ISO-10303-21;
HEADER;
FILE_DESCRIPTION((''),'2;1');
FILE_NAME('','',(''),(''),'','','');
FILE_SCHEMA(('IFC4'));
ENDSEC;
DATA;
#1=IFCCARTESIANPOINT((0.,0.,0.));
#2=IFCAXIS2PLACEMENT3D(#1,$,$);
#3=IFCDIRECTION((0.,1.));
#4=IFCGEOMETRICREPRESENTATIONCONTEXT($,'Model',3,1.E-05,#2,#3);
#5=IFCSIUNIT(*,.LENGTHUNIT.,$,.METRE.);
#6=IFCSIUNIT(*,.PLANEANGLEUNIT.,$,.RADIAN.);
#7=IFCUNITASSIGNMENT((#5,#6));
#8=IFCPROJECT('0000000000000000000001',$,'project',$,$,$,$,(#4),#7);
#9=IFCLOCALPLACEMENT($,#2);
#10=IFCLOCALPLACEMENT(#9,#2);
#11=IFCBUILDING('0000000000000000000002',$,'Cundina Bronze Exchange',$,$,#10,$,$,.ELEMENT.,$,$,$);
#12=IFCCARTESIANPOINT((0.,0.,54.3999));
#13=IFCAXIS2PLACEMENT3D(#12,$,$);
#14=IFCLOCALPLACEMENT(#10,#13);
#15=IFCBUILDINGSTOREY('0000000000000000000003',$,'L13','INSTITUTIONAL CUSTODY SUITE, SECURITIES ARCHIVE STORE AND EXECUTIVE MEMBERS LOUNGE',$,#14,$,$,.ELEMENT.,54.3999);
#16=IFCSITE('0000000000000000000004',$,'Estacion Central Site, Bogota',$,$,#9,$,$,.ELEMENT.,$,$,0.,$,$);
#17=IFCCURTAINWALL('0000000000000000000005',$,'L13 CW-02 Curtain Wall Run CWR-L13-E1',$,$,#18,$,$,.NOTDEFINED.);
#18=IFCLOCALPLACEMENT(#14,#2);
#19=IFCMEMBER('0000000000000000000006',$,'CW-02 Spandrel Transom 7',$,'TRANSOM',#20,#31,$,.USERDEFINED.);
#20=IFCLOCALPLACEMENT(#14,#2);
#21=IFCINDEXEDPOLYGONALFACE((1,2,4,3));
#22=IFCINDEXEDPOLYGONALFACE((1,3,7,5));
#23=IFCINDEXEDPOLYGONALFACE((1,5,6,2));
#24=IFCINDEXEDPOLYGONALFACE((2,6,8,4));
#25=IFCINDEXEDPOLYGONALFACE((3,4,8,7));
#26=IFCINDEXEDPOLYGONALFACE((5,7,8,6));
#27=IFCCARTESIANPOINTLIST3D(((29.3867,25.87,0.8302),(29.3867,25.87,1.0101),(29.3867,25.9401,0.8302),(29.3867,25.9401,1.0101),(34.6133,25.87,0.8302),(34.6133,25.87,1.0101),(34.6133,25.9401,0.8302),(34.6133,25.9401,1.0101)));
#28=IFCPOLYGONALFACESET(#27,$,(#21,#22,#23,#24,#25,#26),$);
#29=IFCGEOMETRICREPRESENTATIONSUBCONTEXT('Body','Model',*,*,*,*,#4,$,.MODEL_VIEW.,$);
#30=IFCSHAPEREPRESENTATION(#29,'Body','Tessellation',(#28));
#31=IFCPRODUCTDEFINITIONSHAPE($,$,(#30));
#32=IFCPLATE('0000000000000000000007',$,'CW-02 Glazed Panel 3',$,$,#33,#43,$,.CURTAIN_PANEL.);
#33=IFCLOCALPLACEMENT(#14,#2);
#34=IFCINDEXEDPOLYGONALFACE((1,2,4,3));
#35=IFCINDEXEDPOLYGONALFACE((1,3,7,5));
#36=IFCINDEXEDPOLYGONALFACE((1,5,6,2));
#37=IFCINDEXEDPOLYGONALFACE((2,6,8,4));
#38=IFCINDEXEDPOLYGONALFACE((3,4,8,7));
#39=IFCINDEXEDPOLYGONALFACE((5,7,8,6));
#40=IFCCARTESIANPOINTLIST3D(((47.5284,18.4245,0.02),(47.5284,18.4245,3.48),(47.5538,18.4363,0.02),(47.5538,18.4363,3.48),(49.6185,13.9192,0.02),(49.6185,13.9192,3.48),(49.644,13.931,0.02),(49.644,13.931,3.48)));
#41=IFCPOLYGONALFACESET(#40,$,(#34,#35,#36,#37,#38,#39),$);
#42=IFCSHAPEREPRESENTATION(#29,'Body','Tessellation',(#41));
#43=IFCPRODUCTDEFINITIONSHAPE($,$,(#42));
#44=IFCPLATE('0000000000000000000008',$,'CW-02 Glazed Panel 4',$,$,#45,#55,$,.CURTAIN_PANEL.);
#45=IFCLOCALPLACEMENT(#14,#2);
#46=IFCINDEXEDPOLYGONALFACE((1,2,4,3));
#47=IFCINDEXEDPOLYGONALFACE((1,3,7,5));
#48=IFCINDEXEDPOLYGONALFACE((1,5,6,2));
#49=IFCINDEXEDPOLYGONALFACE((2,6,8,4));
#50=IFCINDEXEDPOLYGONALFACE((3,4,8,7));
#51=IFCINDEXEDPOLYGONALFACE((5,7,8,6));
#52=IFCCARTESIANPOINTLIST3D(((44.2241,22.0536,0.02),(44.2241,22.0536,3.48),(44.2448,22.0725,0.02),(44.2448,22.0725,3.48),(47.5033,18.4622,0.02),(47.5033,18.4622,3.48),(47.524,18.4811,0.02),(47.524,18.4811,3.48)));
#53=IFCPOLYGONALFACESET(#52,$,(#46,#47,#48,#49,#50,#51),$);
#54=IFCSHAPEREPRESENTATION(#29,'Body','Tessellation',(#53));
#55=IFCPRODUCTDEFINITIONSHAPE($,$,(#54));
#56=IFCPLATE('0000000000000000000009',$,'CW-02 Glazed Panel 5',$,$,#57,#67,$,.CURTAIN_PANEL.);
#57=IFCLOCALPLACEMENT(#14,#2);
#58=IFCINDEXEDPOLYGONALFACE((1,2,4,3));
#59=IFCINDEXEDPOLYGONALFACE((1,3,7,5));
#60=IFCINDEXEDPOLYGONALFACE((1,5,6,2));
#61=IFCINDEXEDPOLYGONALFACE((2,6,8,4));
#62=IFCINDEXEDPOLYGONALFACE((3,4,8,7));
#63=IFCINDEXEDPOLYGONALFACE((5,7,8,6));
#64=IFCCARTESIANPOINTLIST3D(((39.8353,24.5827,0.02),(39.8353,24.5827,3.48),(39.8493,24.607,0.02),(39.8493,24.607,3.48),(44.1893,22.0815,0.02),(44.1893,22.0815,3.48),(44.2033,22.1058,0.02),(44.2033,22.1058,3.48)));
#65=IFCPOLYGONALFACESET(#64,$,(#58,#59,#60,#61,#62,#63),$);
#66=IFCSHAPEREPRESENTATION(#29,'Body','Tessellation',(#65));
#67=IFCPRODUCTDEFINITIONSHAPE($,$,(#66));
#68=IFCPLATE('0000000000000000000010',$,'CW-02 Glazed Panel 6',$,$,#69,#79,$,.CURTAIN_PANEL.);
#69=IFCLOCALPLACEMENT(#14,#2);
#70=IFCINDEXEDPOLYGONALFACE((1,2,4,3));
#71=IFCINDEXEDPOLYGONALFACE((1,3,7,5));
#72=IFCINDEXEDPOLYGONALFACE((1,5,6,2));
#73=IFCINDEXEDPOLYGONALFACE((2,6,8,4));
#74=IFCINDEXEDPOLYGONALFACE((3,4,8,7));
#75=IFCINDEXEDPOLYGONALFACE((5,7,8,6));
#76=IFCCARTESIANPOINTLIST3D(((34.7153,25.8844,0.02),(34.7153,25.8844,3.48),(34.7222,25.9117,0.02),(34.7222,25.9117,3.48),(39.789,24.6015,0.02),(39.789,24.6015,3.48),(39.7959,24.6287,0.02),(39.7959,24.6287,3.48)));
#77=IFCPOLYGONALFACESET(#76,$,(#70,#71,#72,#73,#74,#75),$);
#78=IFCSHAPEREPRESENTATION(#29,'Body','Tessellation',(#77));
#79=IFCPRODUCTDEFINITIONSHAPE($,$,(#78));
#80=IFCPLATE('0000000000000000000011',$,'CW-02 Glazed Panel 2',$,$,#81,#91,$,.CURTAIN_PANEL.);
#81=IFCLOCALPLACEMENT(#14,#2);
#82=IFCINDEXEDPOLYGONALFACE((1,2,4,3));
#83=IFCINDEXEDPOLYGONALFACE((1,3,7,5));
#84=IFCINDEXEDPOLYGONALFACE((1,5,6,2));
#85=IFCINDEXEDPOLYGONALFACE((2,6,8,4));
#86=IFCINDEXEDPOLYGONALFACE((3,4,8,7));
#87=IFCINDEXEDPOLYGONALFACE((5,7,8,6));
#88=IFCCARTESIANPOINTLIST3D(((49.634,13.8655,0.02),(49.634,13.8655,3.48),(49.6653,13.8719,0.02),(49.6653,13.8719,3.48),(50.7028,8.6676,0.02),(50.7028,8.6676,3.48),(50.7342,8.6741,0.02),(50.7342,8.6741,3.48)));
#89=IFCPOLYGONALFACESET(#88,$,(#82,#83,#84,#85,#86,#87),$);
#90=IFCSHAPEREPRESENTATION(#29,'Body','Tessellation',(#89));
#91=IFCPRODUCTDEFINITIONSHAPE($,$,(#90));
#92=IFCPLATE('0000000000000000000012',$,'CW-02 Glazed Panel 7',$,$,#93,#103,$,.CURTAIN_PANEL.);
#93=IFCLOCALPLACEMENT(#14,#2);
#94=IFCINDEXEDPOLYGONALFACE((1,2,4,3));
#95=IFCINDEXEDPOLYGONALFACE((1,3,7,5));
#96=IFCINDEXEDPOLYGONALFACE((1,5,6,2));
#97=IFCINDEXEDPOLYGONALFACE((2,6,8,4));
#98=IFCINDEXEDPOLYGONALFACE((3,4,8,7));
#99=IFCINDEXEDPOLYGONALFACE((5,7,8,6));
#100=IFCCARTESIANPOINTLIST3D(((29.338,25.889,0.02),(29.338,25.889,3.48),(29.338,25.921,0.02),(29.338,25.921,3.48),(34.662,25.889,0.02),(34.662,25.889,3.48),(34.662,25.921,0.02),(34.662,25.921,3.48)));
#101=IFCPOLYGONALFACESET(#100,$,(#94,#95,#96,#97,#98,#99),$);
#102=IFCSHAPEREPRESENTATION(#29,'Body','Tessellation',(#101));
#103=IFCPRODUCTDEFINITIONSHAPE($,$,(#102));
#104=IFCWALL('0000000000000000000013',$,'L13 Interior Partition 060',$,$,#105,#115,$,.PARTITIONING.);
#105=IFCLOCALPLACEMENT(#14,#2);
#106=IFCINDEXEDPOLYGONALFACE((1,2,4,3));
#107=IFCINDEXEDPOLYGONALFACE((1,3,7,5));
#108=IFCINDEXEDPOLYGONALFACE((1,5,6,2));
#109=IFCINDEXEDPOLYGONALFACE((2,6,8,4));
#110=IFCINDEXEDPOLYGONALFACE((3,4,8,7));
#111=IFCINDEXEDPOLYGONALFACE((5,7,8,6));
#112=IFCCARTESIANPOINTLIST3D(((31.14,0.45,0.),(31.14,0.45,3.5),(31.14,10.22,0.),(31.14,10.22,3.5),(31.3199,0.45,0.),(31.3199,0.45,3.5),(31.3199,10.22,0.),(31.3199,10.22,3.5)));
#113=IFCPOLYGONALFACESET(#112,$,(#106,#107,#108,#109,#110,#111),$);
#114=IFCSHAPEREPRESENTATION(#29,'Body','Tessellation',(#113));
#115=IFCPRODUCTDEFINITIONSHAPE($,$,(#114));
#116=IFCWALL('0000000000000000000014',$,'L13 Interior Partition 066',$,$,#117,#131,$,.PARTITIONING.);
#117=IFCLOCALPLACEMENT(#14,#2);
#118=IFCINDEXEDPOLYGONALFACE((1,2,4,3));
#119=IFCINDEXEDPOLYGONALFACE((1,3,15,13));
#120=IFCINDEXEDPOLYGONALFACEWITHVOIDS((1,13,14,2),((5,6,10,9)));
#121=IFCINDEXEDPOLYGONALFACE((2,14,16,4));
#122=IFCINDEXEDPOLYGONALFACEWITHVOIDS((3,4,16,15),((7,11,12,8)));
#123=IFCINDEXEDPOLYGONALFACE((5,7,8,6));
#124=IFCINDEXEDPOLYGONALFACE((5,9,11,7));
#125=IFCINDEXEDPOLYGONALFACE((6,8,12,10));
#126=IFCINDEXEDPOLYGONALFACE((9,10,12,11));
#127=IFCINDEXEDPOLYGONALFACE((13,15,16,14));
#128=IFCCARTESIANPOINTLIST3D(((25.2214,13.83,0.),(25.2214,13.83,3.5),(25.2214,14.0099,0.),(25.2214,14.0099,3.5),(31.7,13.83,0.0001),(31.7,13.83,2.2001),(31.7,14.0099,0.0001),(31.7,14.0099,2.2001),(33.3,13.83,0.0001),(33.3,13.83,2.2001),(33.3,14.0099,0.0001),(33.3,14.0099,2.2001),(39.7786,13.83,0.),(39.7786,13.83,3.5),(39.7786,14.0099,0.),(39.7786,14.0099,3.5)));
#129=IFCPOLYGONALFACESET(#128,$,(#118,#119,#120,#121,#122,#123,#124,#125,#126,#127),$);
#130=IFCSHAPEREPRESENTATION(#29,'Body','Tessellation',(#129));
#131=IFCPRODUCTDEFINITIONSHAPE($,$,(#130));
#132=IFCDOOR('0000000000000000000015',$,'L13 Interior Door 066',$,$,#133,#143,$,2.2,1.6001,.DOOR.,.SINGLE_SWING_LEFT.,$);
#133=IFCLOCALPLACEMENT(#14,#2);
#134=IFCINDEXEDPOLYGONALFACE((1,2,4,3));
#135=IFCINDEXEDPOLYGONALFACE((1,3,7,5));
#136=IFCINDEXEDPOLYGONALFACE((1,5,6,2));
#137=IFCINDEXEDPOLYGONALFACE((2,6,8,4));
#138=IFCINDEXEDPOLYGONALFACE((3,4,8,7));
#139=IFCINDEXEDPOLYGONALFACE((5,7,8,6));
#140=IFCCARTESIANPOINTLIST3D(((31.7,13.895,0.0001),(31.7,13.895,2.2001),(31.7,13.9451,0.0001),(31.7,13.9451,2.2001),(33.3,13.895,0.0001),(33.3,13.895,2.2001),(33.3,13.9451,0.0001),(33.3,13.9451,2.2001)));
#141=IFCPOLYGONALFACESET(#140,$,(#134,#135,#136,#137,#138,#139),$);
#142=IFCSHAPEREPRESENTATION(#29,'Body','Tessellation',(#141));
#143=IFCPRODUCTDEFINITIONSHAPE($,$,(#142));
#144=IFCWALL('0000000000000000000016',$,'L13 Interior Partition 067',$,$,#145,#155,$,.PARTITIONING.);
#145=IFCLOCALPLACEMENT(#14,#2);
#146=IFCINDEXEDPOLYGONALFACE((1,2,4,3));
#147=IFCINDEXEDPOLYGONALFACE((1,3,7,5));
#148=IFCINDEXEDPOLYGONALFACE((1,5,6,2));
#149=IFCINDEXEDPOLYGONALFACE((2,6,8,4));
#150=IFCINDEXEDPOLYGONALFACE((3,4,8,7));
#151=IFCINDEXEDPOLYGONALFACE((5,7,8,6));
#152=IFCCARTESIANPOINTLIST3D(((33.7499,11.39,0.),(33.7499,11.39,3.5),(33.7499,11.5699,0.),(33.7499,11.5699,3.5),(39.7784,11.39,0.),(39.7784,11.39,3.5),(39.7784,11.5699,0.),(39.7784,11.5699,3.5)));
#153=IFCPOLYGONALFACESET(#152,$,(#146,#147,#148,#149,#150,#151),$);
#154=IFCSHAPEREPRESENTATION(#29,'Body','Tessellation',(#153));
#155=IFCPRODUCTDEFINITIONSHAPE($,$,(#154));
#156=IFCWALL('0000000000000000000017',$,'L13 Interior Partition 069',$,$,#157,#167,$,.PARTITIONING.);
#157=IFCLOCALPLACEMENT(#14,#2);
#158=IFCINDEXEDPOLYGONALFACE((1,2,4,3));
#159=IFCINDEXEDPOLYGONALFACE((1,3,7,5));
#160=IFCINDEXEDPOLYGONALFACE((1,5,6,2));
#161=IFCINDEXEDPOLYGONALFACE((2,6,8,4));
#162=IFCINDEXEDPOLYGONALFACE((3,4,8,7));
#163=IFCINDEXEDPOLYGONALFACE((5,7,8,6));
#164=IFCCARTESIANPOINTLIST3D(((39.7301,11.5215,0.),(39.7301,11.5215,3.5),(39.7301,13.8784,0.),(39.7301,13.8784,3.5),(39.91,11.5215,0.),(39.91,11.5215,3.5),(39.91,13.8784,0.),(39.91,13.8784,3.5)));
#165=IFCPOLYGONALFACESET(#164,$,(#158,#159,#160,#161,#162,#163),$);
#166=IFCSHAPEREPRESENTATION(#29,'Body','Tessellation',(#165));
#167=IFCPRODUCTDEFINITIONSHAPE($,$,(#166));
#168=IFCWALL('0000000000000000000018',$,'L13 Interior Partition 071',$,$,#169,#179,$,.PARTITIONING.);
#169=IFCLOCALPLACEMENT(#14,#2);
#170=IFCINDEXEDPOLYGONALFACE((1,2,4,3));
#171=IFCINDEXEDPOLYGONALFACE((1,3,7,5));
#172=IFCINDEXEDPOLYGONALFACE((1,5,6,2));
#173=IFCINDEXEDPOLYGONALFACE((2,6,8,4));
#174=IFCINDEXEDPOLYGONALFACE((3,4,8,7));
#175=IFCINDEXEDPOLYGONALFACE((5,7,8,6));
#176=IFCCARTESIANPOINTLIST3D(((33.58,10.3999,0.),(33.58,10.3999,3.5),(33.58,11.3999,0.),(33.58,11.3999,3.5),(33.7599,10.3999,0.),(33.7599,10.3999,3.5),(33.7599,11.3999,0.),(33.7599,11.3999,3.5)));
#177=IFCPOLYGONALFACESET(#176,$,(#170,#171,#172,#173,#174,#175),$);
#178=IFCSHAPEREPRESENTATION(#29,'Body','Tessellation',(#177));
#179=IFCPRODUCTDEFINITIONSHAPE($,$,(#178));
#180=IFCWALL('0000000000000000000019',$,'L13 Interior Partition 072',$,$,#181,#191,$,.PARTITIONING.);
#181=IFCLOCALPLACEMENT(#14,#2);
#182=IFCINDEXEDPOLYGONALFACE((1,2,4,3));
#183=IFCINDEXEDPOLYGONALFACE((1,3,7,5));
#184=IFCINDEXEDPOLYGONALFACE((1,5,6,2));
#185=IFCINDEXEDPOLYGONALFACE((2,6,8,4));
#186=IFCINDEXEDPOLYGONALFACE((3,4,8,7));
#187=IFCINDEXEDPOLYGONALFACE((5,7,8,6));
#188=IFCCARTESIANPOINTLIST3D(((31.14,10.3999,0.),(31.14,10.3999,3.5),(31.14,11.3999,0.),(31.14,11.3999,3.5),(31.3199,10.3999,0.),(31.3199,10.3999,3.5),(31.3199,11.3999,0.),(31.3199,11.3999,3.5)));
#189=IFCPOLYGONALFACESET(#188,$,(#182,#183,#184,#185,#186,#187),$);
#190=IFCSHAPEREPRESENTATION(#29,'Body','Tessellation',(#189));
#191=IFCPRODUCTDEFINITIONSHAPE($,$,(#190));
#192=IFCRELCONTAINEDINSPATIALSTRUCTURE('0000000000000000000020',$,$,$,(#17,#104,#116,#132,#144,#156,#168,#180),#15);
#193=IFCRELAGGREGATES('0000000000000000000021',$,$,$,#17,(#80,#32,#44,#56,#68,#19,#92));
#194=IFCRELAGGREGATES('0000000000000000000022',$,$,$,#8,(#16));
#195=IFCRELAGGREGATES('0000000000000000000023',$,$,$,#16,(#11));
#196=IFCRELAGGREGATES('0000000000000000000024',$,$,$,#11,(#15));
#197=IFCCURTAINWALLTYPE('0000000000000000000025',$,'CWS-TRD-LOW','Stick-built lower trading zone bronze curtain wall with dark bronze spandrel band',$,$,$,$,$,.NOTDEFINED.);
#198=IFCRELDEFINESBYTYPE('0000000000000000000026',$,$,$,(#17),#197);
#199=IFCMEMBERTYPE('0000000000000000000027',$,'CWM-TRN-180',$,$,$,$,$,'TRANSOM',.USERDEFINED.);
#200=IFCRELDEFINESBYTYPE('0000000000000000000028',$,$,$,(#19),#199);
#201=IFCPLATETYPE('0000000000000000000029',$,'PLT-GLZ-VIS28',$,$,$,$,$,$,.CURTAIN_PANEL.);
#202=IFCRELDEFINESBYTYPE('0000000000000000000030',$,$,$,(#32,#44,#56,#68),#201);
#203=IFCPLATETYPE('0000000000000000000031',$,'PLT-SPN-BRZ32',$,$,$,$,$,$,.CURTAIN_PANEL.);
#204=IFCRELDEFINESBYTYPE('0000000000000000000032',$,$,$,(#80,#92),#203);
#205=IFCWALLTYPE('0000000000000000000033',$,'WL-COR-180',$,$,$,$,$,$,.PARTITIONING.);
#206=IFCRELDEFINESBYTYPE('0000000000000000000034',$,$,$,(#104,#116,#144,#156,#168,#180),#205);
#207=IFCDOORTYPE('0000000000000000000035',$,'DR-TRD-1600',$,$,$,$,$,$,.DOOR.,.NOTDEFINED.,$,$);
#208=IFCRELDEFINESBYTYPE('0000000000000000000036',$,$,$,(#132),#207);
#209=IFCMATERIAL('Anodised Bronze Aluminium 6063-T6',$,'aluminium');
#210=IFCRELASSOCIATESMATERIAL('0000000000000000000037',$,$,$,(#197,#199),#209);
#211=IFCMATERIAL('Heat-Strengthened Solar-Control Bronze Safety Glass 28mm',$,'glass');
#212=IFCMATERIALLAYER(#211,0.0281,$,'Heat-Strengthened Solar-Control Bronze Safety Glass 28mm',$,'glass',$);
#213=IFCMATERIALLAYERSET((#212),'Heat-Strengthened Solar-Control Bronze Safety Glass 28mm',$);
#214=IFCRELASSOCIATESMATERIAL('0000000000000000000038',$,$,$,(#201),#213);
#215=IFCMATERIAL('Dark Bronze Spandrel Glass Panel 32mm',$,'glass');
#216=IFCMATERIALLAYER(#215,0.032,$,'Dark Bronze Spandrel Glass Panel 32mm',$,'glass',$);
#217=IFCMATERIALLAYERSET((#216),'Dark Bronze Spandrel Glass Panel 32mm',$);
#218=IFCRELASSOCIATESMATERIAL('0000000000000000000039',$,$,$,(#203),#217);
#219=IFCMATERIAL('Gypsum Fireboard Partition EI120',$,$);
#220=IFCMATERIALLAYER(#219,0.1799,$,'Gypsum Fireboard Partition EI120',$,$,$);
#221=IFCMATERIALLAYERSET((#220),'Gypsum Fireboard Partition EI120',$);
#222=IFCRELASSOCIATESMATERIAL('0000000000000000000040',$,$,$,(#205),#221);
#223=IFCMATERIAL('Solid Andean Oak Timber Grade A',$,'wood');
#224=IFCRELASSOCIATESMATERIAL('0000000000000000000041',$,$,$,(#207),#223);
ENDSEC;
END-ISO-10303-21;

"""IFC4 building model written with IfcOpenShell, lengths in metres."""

from ifc_helpers import new_model, si_unit, direction, frame, frame_2d, origin, origin_2d, place, context, subcontext, project, spatial, rectangle, extrude, material, layer, layer_set, material_profile, profile_set, type_object, element, fill, aggregate, save


model = new_model("IFC4")

# Units and contexts
model_context = context("Model", 3, precision=1e-05, world=origin(), true_north=direction((0.0, 1.0)))
body_context = subcontext(model_context, "Body", "Model", "MODEL_VIEW")
ifc_project = project(units=[si_unit("LENGTHUNIT", "METRE"), si_unit("PLANEANGLEUNIT", "RADIAN")], contexts=[model_context])

# Site, building, storey
site_placement = place(None, origin())
site = spatial("IfcSite", under=ifc_project, at=site_placement, Name="Estacion Central Site, Bogota", CompositionType="ELEMENT", RefElevation=0.0)
building_placement = place(site_placement, origin())
building = spatial("IfcBuilding", under=site, at=building_placement, Name="Cundina Bronze Exchange", CompositionType="ELEMENT")
storey_placement = place(building_placement, frame((0.0, 0.0, 54.3999)))
storey = spatial("IfcBuildingStorey", under=building, at=storey_placement, Name="L13", Description="INSTITUTIONAL CUSTODY SUITE, SECURITIES ARCHIVE STORE AND EXECUTIVE MEMBERS LOUNGE", CompositionType="ELEMENT", Elevation=54.3999)

# Curtain wall, member, plates
ifc_material_1 = material(Name="Anodised Bronze Aluminium 6063-T6", Category="aluminium")
curtain_wall_type = type_object("IfcCurtainWallType", Name="CWS-TRD-LOW", Description="Stick-built lower trading zone bronze curtain wall with dark bronze spandrel band", PredefinedType="NOTDEFINED", material=ifc_material_1)
curtain_wall_placement = place(storey_placement, origin())
curtain_wall = element("IfcCurtainWall", 1, at=curtain_wall_placement, inside=storey, type_object=curtain_wall_type, Name="L13 CW-02 Curtain Wall Run CWR-L13-E1", PredefinedType="NOTDEFINED")
ifc_material_profile_1 = material_profile(ifc_material_1, rectangle(XDim=0.0701, YDim=0.1799, at=origin_2d()), Name="AL70X180", Category="aluminium")
ifc_profile_set_1 = profile_set([ifc_material_profile_1], Name="Anodised Bronze Aluminium 6063-T6")
member_type_1 = type_object("IfcMemberType", Name="CWM-TRN-180", ElementType="TRANSOM", PredefinedType="USERDEFINED", material=ifc_profile_set_1)
member_1_placement = place(storey_placement, frame((34.6133, 25.905, 0.9202), z_axis=(-1.0, 0.0, 0.0), x_axis=(0.0, -1.0, 0.0)))
member_1 = element("IfcMember", 2, at=member_1_placement, type_object=member_type_1, Name="CW-02 Spandrel Transom 7", ObjectType="TRANSOM", PredefinedType="USERDEFINED", context=body_context, shape_type="SweptSolid", body=[
    extrude(rectangle(XDim=0.0701, YDim=0.1799, at=origin_2d()), origin(), (0.0, 0.0, 1.0), 5.2266),
])
ifc_material_2 = material(Name="Heat-Strengthened Solar-Control Bronze Safety Glass 28mm", Category="glass")
ifc_layer_1 = layer(ifc_material_2, 0.0281, Name="Heat-Strengthened Solar-Control Bronze Safety Glass 28mm", Category="glass")
ifc_layer_set_1 = layer_set([ifc_layer_1], Name="Heat-Strengthened Solar-Control Bronze Safety Glass 28mm")
plate_type_1 = type_object("IfcPlateType", Name="PLT-GLZ-VIS28", PredefinedType="CURTAIN_PANEL", material=ifc_layer_set_1)
plate_1_placement = place(storey_placement, frame((48.5862, 16.1777, 0.02), z_axis=(0.0, 0.0, 1.0), x_axis=(-0.420846, 0.907132, 0.0)))
plate_1 = element("IfcPlate", 3, at=plate_1_placement, type_object=plate_type_1, Name="CW-02 Glazed Panel 3", PredefinedType="CURTAIN_PANEL", context=body_context, shape_type="SweptSolid", body=[
    extrude(rectangle(XDim=4.9666, YDim=0.0281, at=origin_2d()), origin(), (0.0, 0.0, 1.0), 3.46),
])
plate_2_placement = place(storey_placement, frame((45.874, 20.2673, 0.02), z_axis=(0.0, 0.0, 1.0), x_axis=(-0.674277, 0.738479, 0.0)))
plate_2 = element("IfcPlate", 4, at=plate_2_placement, type_object=plate_type_1, Name="CW-02 Glazed Panel 4", PredefinedType="CURTAIN_PANEL", context=body_context, shape_type="SweptSolid", body=[
    extrude(rectangle(XDim=4.8633, YDim=0.0281, at=origin_2d()), origin(), (0.0, 0.0, 1.0), 3.46),
])
plate_3_placement = place(storey_placement, frame((42.0193, 23.3442, 0.02), z_axis=(0.0, 0.0, 1.0), x_axis=(-0.867105, 0.498125, 0.0)))
plate_3 = element("IfcPlate", 5, at=plate_3_placement, type_object=plate_type_1, Name="CW-02 Glazed Panel 5", PredefinedType="CURTAIN_PANEL", context=body_context, shape_type="SweptSolid", body=[
    extrude(rectangle(XDim=5.0212, YDim=0.0281, at=origin_2d()), origin(), (0.0, 0.0, 1.0), 3.46),
])
plate_4_placement = place(storey_placement, frame((37.2556, 25.2566, 0.02), z_axis=(0.0, 0.0, 1.0), x_axis=(-0.969488, 0.245138, 0.0)))
plate_4 = element("IfcPlate", 6, at=plate_4_placement, type_object=plate_type_1, Name="CW-02 Glazed Panel 6", PredefinedType="CURTAIN_PANEL", context=body_context, shape_type="SweptSolid", body=[
    extrude(rectangle(XDim=5.2334, YDim=0.0281, at=origin_2d()), origin(), (0.0, 0.0, 1.0), 3.46),
])
ifc_material_3 = material(Name="Dark Bronze Spandrel Glass Panel 32mm", Category="glass")
ifc_layer_2 = layer(ifc_material_3, 0.032, Name="Dark Bronze Spandrel Glass Panel 32mm", Category="glass")
ifc_layer_set_2 = layer_set([ifc_layer_2], Name="Dark Bronze Spandrel Glass Panel 32mm")
plate_type_2 = type_object("IfcPlateType", Name="PLT-SPN-BRZ32", PredefinedType="CURTAIN_PANEL", material=ifc_layer_set_2)
plate_5_placement = place(storey_placement, frame((50.1841, 11.2698, 0.02), z_axis=(0.0, 0.0, 1.0), x_axis=(-0.20142, 0.979505, 0.0)))
plate_5 = element("IfcPlate", 7, at=plate_5_placement, type_object=plate_type_2, Name="CW-02 Glazed Panel 2", PredefinedType="CURTAIN_PANEL", context=body_context, shape_type="SweptSolid", body=[
    extrude(rectangle(XDim=5.3066, YDim=0.032, at=origin_2d()), origin(), (0.0, 0.0, 1.0), 3.46),
])
plate_6_placement = place(storey_placement, frame((32.0, 25.905, 0.02), z_axis=(0.0, 0.0, 1.0), x_axis=(-1.0, 0.0, 0.0)))
plate_6 = element("IfcPlate", 8, at=plate_6_placement, type_object=plate_type_2, Name="CW-02 Glazed Panel 7", PredefinedType="CURTAIN_PANEL", context=body_context, shape_type="SweptSolid", body=[
    extrude(rectangle(XDim=5.324, YDim=0.032, at=origin_2d()), origin(), (0.0, 0.0, 1.0), 3.46),
])
aggregate(curtain_wall, [plate_5, plate_1, plate_2, plate_3, plate_4, member_1, plate_6])

# Wall
ifc_material_4 = material(Name="Gypsum Fireboard Partition EI120")
ifc_layer_3 = layer(ifc_material_4, 0.1799, Name="Gypsum Fireboard Partition EI120")
ifc_layer_set_3 = layer_set([ifc_layer_3], Name="Gypsum Fireboard Partition EI120")
wall_type_1 = type_object("IfcWallType", Name="WL-COR-180", PredefinedType="PARTITIONING", material=ifc_layer_set_3)
wall_1_placement = place(storey_placement, frame((31.23, 10.22, 0.0), z_axis=(0.0, 0.0, 1.0), x_axis=(0.0, -1.0, 0.0)))
element("IfcWall", 9, at=wall_1_placement, inside=storey, type_object=wall_type_1, Name="L13 Interior Partition 060", PredefinedType="PARTITIONING", context=body_context, shape_type="SweptSolid", body=[
    extrude(rectangle(XDim=9.77, YDim=0.1799, at=frame_2d((4.885, 0.0))), origin(), (0.0, 0.0, 1.0), 3.5),
])

# Wall, opening, door
wall_2_placement = place(storey_placement, frame((39.7786, 13.9199, 0.0), z_axis=(0.0, 0.0, 1.0), x_axis=(-1.0, 0.0, 0.0)))
wall_2 = element("IfcWall", 10, at=wall_2_placement, inside=storey, type_object=wall_type_1, Name="L13 Interior Partition 066", PredefinedType="PARTITIONING", context=body_context, shape_type="SweptSolid", body=[
    extrude(rectangle(XDim=14.5571, YDim=0.1799, at=frame_2d((7.2786, 0.0))), origin(), (0.0, 0.0, 1.0), 3.5),
])
opening_placement = place(wall_2_placement, frame((6.4785, 0.0, 0.0)))
opening = element("IfcOpeningElement", 11, at=opening_placement, cuts=wall_2, PredefinedType="OPENING", context=body_context, shape_type="SweptSolid", body=[
    extrude(rectangle(XDim=1.6001, YDim=2.2, at=frame_2d((0.8, 1.1001))), frame((0.0, 0.0999, 0.0), z_axis=(0.0, -1.0, 0.0), x_axis=(1.0, 0.0, 0.0)), (0.0, 0.0, 1.0), 0.2),
])
ifc_material_5 = material(Name="Solid Andean Oak Timber Grade A", Category="wood")
door_type = type_object("IfcDoorType", Name="DR-TRD-1600", OperationType="NOTDEFINED", PredefinedType="DOOR", material=ifc_material_5)
door_placement = place(opening_placement, origin())
door = element("IfcDoor", 12, at=door_placement, inside=storey, type_object=door_type, Name="L13 Interior Door 066", OperationType="SINGLE_SWING_LEFT", OverallHeight=2.2, OverallWidth=1.6001, PredefinedType="DOOR", context=body_context, shape_type="SweptSolid", body=[
    extrude(rectangle(XDim=1.6001, YDim=2.2, at=frame_2d((0.8, 1.1001))), frame((0.0, 0.0249, 0.0), z_axis=(0.0, -1.0, 0.0), x_axis=(1.0, 0.0, 0.0)), (0.0, 0.0, 1.0), 0.05),
])
fill(opening, door)

# Walls
wall_3_placement = place(storey_placement, frame((33.75, 11.48, 0.0), z_axis=(0.0, 0.0, 1.0), x_axis=(1.0, 0.0, 0.0)))
element("IfcWall", 13, at=wall_3_placement, inside=storey, type_object=wall_type_1, Name="L13 Interior Partition 067", PredefinedType="PARTITIONING", context=body_context, shape_type="SweptSolid", body=[
    extrude(rectangle(XDim=6.0286, YDim=0.1799, at=frame_2d((3.0142, 0.0))), origin(), (0.0, 0.0, 1.0), 3.5),
])
wall_4_placement = place(storey_placement, frame((39.8201, 11.5215, 0.0), z_axis=(0.0, 0.0, 1.0), x_axis=(0.0, 1.0, 0.0)))
element("IfcWall", 14, at=wall_4_placement, inside=storey, type_object=wall_type_1, Name="L13 Interior Partition 069", PredefinedType="PARTITIONING", context=body_context, shape_type="SweptSolid", body=[
    extrude(rectangle(XDim=2.3569, YDim=0.1799, at=frame_2d((1.1785, 0.0))), origin(), (0.0, 0.0, 1.0), 3.5),
])
for number, where, z_axis, x_axis, name in (
    (15, (33.6699, 10.3999, 0.0), (0.0, 0.0, 1.0), (0.0, 1.0, 0.0), "L13 Interior Partition 071"),
    (16, (31.23, 11.3999, 0.0), (0.0, 0.0, 1.0), (0.0, -1.0, 0.0), "L13 Interior Partition 072"),
):
    element("IfcWall", number, at=place(storey_placement, frame(where, z_axis=z_axis, x_axis=x_axis)), inside=storey, type_object=wall_type_1, Name=name, PredefinedType="PARTITIONING", context=body_context, shape_type="SweptSolid", body=[
        extrude(rectangle(XDim=1.0, YDim=0.1799, at=frame_2d((0.5, 0.0))), origin(), (0.0, 0.0, 1.0), 3.5),
    ])

save(model, "model.ifc")
